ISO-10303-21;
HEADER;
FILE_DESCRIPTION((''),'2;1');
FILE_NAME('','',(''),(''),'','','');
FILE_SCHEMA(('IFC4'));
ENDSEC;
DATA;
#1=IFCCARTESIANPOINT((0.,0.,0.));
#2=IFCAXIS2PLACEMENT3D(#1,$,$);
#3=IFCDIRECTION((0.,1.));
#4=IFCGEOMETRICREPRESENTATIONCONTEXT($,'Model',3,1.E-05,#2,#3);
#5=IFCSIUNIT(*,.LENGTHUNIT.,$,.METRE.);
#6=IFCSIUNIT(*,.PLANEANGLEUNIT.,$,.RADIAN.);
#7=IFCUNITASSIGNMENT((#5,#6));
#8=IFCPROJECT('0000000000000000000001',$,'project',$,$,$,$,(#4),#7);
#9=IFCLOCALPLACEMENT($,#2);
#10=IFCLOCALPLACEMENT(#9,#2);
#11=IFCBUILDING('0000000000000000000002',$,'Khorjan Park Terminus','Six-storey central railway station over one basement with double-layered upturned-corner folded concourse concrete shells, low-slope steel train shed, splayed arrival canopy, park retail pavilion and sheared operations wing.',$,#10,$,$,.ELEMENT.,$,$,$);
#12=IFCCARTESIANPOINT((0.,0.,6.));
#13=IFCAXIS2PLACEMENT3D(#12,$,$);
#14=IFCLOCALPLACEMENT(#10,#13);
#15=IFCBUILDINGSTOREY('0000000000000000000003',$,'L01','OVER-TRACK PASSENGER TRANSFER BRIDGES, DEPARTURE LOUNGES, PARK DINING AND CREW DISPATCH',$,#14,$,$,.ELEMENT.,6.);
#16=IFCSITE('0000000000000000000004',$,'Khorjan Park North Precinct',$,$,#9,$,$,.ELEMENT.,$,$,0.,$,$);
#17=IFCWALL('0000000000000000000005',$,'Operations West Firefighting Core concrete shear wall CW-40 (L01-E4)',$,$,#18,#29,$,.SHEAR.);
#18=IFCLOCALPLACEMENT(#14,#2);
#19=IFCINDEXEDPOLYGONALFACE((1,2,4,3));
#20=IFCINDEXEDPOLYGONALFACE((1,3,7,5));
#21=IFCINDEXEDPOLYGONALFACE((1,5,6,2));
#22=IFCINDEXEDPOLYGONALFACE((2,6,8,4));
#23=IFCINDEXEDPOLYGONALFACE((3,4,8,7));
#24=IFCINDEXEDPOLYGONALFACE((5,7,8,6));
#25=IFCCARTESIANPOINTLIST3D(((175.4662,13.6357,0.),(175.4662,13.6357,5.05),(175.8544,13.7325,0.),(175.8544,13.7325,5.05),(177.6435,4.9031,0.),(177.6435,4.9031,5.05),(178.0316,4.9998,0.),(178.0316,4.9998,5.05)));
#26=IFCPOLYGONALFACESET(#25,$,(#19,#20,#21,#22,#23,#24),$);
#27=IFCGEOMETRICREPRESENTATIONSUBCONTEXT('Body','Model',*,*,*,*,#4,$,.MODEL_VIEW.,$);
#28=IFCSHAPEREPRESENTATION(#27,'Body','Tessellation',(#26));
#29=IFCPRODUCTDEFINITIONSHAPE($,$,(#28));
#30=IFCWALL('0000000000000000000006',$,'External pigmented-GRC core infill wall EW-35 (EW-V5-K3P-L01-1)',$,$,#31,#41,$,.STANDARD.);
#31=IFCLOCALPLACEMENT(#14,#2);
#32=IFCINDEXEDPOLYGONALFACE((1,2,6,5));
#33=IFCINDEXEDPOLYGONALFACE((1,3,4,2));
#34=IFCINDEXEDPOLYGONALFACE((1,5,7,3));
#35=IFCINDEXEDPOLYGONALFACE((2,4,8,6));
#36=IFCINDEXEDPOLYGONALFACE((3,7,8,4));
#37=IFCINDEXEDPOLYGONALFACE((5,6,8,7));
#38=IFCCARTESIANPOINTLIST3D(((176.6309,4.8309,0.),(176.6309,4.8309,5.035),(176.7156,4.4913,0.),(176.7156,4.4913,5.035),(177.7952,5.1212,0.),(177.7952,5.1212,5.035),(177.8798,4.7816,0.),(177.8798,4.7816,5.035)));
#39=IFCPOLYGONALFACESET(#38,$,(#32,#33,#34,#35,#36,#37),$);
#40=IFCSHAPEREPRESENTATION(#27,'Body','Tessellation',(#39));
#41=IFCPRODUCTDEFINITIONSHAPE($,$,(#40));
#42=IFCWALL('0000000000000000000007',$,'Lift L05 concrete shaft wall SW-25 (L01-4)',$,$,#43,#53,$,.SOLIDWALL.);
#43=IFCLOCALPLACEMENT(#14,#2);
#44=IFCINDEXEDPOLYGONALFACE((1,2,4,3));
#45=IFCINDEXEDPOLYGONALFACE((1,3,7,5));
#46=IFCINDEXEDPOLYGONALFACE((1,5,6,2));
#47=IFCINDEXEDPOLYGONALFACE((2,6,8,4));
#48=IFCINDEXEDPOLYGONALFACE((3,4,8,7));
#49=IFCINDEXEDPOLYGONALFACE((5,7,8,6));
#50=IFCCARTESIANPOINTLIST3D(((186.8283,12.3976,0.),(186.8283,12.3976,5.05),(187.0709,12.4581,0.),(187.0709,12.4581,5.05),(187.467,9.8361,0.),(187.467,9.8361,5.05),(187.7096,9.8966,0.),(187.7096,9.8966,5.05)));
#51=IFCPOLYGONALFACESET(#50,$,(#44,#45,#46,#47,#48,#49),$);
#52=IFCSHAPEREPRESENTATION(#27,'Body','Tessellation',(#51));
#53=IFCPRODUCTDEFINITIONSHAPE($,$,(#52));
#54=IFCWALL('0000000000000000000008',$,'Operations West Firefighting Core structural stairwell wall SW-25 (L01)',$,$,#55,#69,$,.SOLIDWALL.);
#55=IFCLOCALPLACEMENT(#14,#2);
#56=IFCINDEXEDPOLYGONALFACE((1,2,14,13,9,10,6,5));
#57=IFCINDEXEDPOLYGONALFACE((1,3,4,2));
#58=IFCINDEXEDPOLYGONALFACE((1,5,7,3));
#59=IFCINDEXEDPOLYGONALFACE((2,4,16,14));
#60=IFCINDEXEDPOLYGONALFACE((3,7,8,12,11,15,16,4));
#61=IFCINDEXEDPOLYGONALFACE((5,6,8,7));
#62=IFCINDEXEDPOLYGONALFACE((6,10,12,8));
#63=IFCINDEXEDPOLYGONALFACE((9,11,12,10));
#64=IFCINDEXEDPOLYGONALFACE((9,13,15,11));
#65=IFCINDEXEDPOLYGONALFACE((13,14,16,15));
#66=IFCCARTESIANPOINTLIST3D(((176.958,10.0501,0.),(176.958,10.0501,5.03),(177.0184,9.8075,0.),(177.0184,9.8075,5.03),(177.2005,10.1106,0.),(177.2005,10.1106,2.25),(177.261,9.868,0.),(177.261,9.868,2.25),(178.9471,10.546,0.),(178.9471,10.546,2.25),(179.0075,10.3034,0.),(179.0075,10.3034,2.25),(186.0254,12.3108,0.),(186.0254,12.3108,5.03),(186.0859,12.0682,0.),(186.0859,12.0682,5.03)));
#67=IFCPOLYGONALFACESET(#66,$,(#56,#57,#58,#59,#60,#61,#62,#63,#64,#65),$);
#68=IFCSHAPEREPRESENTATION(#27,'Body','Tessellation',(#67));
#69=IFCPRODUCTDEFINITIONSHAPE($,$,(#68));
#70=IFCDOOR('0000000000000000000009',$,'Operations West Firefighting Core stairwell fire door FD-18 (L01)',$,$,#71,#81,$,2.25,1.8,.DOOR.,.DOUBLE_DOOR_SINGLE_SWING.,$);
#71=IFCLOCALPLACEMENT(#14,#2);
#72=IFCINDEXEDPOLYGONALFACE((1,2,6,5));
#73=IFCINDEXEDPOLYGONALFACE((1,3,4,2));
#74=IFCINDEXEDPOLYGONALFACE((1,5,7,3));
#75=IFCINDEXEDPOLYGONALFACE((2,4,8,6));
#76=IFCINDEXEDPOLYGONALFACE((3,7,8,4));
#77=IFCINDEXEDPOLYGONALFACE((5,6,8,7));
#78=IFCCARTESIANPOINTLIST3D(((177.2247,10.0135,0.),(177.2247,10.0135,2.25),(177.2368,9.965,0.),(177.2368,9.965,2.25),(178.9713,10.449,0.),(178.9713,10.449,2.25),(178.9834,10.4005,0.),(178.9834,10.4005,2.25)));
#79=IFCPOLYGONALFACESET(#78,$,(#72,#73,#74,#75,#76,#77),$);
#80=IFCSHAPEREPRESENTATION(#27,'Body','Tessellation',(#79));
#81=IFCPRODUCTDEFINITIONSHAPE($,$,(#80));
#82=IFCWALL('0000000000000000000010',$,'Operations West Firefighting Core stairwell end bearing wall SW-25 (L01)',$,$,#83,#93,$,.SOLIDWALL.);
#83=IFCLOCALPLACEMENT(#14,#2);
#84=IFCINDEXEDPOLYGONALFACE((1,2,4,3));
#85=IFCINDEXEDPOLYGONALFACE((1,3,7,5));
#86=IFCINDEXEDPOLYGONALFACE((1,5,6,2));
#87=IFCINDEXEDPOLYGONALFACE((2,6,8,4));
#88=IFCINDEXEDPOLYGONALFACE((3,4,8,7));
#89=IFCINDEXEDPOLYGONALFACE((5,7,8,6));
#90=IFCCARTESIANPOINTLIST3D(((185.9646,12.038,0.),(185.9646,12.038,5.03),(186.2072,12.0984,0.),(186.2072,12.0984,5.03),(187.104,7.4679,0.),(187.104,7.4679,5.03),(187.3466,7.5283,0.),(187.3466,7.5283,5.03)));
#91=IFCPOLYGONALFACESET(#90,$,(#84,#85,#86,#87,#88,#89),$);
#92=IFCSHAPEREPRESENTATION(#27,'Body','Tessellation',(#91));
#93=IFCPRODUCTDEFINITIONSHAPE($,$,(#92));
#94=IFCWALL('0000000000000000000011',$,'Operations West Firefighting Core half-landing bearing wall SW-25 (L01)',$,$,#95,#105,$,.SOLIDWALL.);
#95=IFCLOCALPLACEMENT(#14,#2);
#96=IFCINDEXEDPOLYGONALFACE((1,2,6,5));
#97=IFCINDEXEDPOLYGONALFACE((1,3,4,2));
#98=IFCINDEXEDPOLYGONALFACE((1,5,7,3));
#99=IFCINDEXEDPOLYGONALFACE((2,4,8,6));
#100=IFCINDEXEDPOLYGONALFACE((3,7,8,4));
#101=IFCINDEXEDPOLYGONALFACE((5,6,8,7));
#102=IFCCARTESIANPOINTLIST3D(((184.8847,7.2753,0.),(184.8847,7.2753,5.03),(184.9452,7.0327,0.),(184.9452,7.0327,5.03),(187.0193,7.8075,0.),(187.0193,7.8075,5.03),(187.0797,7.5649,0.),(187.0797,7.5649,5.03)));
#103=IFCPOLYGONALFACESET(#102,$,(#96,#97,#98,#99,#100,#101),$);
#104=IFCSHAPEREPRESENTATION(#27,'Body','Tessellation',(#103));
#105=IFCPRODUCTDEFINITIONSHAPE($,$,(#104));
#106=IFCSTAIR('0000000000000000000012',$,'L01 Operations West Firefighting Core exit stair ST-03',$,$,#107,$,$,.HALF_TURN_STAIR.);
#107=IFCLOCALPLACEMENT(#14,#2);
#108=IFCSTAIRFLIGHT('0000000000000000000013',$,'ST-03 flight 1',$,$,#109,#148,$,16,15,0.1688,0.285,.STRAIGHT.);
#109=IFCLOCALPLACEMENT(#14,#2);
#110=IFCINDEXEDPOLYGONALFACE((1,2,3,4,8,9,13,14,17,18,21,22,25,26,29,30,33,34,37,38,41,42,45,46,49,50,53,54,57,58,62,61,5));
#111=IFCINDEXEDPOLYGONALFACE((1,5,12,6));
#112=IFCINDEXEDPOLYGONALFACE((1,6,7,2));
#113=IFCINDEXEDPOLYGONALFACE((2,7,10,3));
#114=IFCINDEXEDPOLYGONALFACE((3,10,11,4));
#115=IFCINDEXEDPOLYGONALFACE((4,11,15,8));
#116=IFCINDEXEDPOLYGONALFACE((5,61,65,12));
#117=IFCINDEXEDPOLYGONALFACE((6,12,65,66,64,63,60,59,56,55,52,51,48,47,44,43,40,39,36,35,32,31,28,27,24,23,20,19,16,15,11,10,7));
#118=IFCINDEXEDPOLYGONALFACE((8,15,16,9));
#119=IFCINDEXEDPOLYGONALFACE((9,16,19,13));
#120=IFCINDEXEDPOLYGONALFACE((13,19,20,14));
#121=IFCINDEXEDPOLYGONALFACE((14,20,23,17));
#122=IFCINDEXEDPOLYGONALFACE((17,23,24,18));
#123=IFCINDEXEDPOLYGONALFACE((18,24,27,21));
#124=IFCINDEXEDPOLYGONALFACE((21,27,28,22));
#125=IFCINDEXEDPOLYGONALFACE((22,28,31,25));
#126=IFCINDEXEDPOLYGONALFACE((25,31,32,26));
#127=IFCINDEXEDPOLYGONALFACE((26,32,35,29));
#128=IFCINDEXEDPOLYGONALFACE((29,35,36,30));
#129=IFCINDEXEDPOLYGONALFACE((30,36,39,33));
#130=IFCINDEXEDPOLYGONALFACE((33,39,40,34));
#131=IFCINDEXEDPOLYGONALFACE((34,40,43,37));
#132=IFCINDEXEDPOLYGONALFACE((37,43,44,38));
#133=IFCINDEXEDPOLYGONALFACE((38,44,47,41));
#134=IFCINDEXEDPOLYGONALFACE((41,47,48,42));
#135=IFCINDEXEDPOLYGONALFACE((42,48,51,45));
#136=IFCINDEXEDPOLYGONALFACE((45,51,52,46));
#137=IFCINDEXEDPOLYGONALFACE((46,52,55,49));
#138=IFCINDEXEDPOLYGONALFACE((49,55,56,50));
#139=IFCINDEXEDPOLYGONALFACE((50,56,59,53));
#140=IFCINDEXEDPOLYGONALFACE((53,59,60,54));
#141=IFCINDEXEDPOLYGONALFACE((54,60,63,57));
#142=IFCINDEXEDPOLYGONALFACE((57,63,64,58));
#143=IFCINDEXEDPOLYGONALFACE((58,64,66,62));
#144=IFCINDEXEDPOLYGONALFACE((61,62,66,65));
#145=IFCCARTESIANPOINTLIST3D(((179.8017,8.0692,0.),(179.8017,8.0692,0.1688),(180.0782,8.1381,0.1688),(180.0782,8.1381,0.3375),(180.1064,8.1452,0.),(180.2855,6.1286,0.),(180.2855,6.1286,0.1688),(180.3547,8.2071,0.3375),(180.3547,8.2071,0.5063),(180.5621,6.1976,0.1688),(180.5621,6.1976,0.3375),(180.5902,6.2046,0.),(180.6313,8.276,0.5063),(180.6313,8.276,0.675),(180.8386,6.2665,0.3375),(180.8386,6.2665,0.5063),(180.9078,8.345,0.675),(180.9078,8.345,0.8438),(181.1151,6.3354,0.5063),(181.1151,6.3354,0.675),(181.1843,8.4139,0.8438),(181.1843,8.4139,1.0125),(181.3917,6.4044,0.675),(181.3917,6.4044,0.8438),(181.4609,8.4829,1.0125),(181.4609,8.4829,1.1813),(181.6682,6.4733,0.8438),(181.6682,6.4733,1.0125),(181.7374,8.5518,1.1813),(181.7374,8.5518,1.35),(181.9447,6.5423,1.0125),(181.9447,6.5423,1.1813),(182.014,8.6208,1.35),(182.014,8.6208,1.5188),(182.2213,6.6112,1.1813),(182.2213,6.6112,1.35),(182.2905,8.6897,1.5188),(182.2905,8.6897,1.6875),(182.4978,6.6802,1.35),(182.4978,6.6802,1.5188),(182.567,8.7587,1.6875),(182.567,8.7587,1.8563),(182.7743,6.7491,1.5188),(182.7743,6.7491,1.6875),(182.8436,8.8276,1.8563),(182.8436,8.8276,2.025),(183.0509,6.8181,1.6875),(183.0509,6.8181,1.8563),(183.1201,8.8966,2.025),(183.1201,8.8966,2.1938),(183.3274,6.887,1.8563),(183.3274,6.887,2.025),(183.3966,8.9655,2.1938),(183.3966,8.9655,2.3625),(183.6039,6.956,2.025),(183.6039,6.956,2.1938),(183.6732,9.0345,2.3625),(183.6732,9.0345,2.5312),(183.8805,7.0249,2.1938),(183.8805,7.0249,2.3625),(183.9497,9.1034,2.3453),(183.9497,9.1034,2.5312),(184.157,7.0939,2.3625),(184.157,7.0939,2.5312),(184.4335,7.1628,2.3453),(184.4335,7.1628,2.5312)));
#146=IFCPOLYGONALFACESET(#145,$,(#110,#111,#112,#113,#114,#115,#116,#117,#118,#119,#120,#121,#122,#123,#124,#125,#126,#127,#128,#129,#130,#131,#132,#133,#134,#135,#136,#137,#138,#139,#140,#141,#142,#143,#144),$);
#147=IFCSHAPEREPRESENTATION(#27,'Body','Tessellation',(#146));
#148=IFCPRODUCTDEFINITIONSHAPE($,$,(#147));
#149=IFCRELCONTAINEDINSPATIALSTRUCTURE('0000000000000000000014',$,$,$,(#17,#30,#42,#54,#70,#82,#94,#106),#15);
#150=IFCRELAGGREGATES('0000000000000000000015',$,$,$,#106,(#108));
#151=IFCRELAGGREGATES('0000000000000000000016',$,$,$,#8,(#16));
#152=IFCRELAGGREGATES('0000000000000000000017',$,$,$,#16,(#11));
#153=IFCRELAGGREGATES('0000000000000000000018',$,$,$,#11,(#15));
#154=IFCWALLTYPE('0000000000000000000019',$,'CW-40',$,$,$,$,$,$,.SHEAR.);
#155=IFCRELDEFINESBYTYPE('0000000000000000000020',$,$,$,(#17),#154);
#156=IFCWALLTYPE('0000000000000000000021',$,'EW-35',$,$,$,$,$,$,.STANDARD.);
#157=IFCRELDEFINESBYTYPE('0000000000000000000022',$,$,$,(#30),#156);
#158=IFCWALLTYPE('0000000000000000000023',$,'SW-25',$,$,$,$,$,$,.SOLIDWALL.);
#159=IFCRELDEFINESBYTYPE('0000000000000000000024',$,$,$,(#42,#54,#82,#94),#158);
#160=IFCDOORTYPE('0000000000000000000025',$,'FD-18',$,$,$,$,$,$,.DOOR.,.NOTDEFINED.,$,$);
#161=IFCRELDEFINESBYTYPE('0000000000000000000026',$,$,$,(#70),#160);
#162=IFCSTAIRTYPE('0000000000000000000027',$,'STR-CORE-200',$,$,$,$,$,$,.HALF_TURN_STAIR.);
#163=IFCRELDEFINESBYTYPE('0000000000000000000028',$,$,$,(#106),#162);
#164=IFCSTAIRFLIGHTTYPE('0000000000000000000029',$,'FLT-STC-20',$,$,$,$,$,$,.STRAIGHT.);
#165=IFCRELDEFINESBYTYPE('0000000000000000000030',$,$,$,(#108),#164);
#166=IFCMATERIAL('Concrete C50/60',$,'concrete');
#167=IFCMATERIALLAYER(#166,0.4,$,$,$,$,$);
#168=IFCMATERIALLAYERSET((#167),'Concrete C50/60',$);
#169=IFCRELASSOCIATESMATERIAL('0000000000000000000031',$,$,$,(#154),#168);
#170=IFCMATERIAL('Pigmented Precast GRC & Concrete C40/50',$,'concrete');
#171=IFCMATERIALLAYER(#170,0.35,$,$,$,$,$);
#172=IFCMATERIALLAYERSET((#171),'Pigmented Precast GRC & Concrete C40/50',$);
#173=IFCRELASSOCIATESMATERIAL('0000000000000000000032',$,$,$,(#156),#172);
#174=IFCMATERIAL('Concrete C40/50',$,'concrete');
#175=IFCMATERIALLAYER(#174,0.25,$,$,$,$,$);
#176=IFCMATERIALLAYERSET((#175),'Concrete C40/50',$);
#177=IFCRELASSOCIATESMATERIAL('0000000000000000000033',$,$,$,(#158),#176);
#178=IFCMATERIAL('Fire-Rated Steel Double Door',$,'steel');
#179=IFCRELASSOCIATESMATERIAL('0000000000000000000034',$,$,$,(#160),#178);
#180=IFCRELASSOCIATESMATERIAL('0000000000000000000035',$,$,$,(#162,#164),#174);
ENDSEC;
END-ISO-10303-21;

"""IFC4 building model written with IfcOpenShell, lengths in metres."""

from ifc_helpers import new_model, si_unit, direction, frame, frame_2d, origin, place, context, subcontext, project, spatial, polyline, rectangle, outline, extrude, material, layer, layer_set, type_object, element, fill, aggregate, save


model = new_model("IFC4")

# Units and contexts
model_context = context("Model", 3, precision=1e-05, world=origin(), true_north=direction((0.0, 1.0)))
body_context = subcontext(model_context, "Body", "Model", "MODEL_VIEW")
ifc_project = project(units=[si_unit("LENGTHUNIT", "METRE"), si_unit("PLANEANGLEUNIT", "RADIAN")], contexts=[model_context])

# Site, building, storey
site_placement = place(None, origin())
site = spatial("IfcSite", under=ifc_project, at=site_placement, Name="Khorjan Park North Precinct", CompositionType="ELEMENT", RefElevation=0.0)
building_placement = place(site_placement, origin())
building = spatial("IfcBuilding", under=site, at=building_placement, Name="Khorjan Park Terminus", Description="Six-storey central railway station over one basement with double-layered upturned-corner folded concourse concrete shells, low-slope steel train shed, splayed arrival canopy, park retail pavilion and sheared operations wing.", CompositionType="ELEMENT")
storey_placement = place(building_placement, frame((0.0, 0.0, 6.0)))
storey = spatial("IfcBuildingStorey", under=building, at=storey_placement, Name="L01", Description="OVER-TRACK PASSENGER TRANSFER BRIDGES, DEPARTURE LOUNGES, PARK DINING AND CREW DISPATCH", CompositionType="ELEMENT", Elevation=6.0)

# Shared definitions
ifc_material_1 = material(Name="Concrete C50/60", Category="concrete")

# Walls
ifc_layer_1 = layer(ifc_material_1, 0.4)
ifc_layer_set_1 = layer_set([ifc_layer_1], Name="Concrete C50/60")
wall_type_1 = type_object("IfcWallType", Name="CW-40", PredefinedType="SHEAR", material=ifc_layer_set_1)
wall_1_placement = place(storey_placement, frame((175.6603, 13.6841, 0.0), z_axis=(0.0, 0.0, 1.0), x_axis=(0.241921, -0.970296, 0.0)))
element("IfcWall", 1, at=wall_1_placement, inside=storey, type_object=wall_type_1, Name="Operations West Firefighting Core concrete shear wall CW-40 (L01-E4)", PredefinedType="SHEAR", context=body_context, shape_type="SweptSolid", body=[
    extrude(rectangle(XDim=9.0, YDim=0.4, at=frame_2d((4.5, 0.0))), origin(), (0.0, 0.0, 1.0), 5.05),
])
ifc_material_2 = material(Name="Pigmented Precast GRC & Concrete C40/50", Category="concrete")
ifc_layer_2 = layer(ifc_material_2, 0.35)
ifc_layer_set_2 = layer_set([ifc_layer_2], Name="Pigmented Precast GRC & Concrete C40/50")
wall_type_2 = type_object("IfcWallType", Name="EW-35", PredefinedType="STANDARD", material=ifc_layer_set_2)
wall_2_placement = place(storey_placement, frame((176.6733, 4.6611, 0.0), z_axis=(0.0, 0.0, 1.0), x_axis=(0.970294, 0.241928, 0.0)))
element("IfcWall", 2, at=wall_2_placement, inside=storey, type_object=wall_type_2, Name="External pigmented-GRC core infill wall EW-35 (EW-V5-K3P-L01-1)", PredefinedType="STANDARD", context=body_context, shape_type="SweptSolid", body=[
    extrude(rectangle(XDim=1.1999, YDim=0.35, at=frame_2d((0.5999, 0.0))), origin(), (0.0, 0.0, 1.0), 5.035),
])
ifc_material_3 = material(Name="Concrete C40/50", Category="concrete")
ifc_layer_3 = layer(ifc_material_3, 0.25)
ifc_layer_set_3 = layer_set([ifc_layer_3], Name="Concrete C40/50")
wall_type_3 = type_object("IfcWallType", Name="SW-25", PredefinedType="SOLIDWALL", material=ifc_layer_set_3)
wall_3_placement = place(storey_placement, frame((186.9496, 12.4278, 0.0), z_axis=(0.0, 0.0, 1.0), x_axis=(0.241938, -0.970292, 0.0)))
element("IfcWall", 3, at=wall_3_placement, inside=storey, type_object=wall_type_3, Name="Lift L05 concrete shaft wall SW-25 (L01-4)", PredefinedType="SOLIDWALL", context=body_context, shape_type="SweptSolid", body=[
    extrude(rectangle(XDim=2.6399, YDim=0.25, at=frame_2d((1.3199, 0.0))), origin(), (0.0, 0.0, 1.0), 5.05),
])

# Wall, opening, door
wall_4_placement = place(storey_placement, frame((176.9882, 9.9288, 0.0), z_axis=(0.0, 0.0, 1.0), x_axis=(0.970297, 0.241916, 0.0)))
wall_4 = element("IfcWall", 4, at=wall_4_placement, inside=storey, type_object=wall_type_3, Name="Operations West Firefighting Core structural stairwell wall SW-25 (L01)", PredefinedType="SOLIDWALL", context=body_context, shape_type="SweptSolid", body=[
    extrude(rectangle(XDim=9.345, YDim=0.25, at=frame_2d((4.6725, 0.0))), origin(), (0.0, 0.0, 1.0), 5.03),
])
opening_placement = place(wall_4_placement, frame((0.25, 0.0, 0.0)))
opening = element("IfcOpeningElement", 5, at=opening_placement, cuts=wall_4, PredefinedType="OPENING", context=body_context, shape_type="SweptSolid", body=[
    extrude(rectangle(XDim=1.8, YDim=2.25, at=frame_2d((0.9, 1.125))), frame((0.0, 0.135, 0.0), z_axis=(0.0, -1.0, 0.0), x_axis=(1.0, 0.0, 0.0)), (0.0, 0.0, 1.0), 0.27),
])
ifc_material_4 = material(Name="Fire-Rated Steel Double Door", Category="steel")
door_type = type_object("IfcDoorType", Name="FD-18", OperationType="NOTDEFINED", PredefinedType="DOOR", material=ifc_material_4)
door_placement = place(opening_placement, origin())
door = element("IfcDoor", 6, at=door_placement, inside=storey, type_object=door_type, Name="Operations West Firefighting Core stairwell fire door FD-18 (L01)", OperationType="DOUBLE_DOOR_SINGLE_SWING", OverallHeight=2.25, OverallWidth=1.8, PredefinedType="DOOR", context=body_context, shape_type="SweptSolid", body=[
    extrude(rectangle(XDim=1.8, YDim=2.25, at=frame_2d((0.9, 1.125))), frame((0.0, 0.025, 0.0), z_axis=(0.0, -1.0, 0.0), x_axis=(1.0, 0.0, 0.0)), (0.0, 0.0, 1.0), 0.05),
])
fill(opening, door)

# Walls
wall_5_placement = place(storey_placement, frame((187.2253, 7.4981, 0.0), z_axis=(0.0, 0.0, 1.0), x_axis=(-0.241911, 0.970298, 0.0)))
element("IfcWall", 7, at=wall_5_placement, inside=storey, type_object=wall_type_3, Name="Operations West Firefighting Core stairwell end bearing wall SW-25 (L01)", PredefinedType="SOLIDWALL", context=body_context, shape_type="SweptSolid", body=[
    extrude(rectangle(XDim=4.71, YDim=0.25, at=frame_2d((2.355, 0.0))), origin(), (0.0, 0.0, 1.0), 5.03),
])
wall_6_placement = place(storey_placement, frame((184.915, 7.154, 0.0), z_axis=(0.0, 0.0, 1.0), x_axis=(0.970297, 0.241915, 0.0)))
element("IfcWall", 8, at=wall_6_placement, inside=storey, type_object=wall_type_3, Name="Operations West Firefighting Core half-landing bearing wall SW-25 (L01)", PredefinedType="SOLIDWALL", context=body_context, shape_type="SweptSolid", body=[
    extrude(rectangle(XDim=2.1999, YDim=0.25, at=frame_2d((1.0999, 0.0))), origin(), (0.0, 0.0, 1.0), 5.03),
])

# Stair, stair flight
stair_type = type_object("IfcStairType", Name="STR-CORE-200", PredefinedType="HALF_TURN_STAIR", material=ifc_material_3)
stair_placement = place(storey_placement, origin())
stair = element("IfcStair", 9, at=stair_placement, inside=storey, type_object=stair_type, Name="L01 Operations West Firefighting Core exit stair ST-03", PredefinedType="HALF_TURN_STAIR")
stair_flight_type = type_object("IfcStairFlightType", Name="FLT-STC-20", PredefinedType="STRAIGHT", material=ifc_material_3)
stair_flight_1_placement = place(storey_placement, frame((180.0436, 7.0989, 0.0), z_axis=(0.0, 0.0, 1.0), x_axis=(0.970296, 0.241922, 0.0)))
stair_flight_1 = element("IfcStairFlight", 10, at=stair_flight_1_placement, type_object=stair_flight_type, Name="ST-03 flight 1", NumberOfRisers=16, NumberOfTreads=15, PredefinedType="STRAIGHT", RiserHeight=0.1688, TreadLength=0.285, context=body_context, shape_type="SweptSolid", body=[
    extrude(outline(polyline([(0.0, 0.0), (0.0, 0.1688), (0.285, 0.1688), (0.285, 0.3375), (0.57, 0.3375), (0.57, 0.5063), (0.855, 0.5063), (0.855, 0.675), (1.14, 0.675), (1.14, 0.8438), (1.425, 0.8438), (1.425, 1.0125), (1.71, 1.0125), (1.71, 1.1813), (1.995, 1.1813), (1.995, 1.35), (2.28, 1.35), (2.28, 1.5188), (2.565, 1.5188), (2.565, 1.6875), (2.85, 1.6875), (2.85, 1.8563), (3.135, 1.8563), (3.135, 2.025), (3.42, 2.025), (3.42, 2.1938), (3.705, 2.1938), (3.705, 2.3625), (3.99, 2.3625), (3.99, 2.5312), (4.275, 2.5312), (4.275, 2.7), (4.275, 2.3453), (0.314, 0.0), (0.0, 0.0)])), frame((0.0, 1.0, 0.0), z_axis=(0.0, -1.0, 0.0), x_axis=(1.0, 0.0, 0.0)), (0.0, 0.0, 1.0), 2.0),
])
aggregate(stair, [stair_flight_1])

save(model, "model.ifc")
